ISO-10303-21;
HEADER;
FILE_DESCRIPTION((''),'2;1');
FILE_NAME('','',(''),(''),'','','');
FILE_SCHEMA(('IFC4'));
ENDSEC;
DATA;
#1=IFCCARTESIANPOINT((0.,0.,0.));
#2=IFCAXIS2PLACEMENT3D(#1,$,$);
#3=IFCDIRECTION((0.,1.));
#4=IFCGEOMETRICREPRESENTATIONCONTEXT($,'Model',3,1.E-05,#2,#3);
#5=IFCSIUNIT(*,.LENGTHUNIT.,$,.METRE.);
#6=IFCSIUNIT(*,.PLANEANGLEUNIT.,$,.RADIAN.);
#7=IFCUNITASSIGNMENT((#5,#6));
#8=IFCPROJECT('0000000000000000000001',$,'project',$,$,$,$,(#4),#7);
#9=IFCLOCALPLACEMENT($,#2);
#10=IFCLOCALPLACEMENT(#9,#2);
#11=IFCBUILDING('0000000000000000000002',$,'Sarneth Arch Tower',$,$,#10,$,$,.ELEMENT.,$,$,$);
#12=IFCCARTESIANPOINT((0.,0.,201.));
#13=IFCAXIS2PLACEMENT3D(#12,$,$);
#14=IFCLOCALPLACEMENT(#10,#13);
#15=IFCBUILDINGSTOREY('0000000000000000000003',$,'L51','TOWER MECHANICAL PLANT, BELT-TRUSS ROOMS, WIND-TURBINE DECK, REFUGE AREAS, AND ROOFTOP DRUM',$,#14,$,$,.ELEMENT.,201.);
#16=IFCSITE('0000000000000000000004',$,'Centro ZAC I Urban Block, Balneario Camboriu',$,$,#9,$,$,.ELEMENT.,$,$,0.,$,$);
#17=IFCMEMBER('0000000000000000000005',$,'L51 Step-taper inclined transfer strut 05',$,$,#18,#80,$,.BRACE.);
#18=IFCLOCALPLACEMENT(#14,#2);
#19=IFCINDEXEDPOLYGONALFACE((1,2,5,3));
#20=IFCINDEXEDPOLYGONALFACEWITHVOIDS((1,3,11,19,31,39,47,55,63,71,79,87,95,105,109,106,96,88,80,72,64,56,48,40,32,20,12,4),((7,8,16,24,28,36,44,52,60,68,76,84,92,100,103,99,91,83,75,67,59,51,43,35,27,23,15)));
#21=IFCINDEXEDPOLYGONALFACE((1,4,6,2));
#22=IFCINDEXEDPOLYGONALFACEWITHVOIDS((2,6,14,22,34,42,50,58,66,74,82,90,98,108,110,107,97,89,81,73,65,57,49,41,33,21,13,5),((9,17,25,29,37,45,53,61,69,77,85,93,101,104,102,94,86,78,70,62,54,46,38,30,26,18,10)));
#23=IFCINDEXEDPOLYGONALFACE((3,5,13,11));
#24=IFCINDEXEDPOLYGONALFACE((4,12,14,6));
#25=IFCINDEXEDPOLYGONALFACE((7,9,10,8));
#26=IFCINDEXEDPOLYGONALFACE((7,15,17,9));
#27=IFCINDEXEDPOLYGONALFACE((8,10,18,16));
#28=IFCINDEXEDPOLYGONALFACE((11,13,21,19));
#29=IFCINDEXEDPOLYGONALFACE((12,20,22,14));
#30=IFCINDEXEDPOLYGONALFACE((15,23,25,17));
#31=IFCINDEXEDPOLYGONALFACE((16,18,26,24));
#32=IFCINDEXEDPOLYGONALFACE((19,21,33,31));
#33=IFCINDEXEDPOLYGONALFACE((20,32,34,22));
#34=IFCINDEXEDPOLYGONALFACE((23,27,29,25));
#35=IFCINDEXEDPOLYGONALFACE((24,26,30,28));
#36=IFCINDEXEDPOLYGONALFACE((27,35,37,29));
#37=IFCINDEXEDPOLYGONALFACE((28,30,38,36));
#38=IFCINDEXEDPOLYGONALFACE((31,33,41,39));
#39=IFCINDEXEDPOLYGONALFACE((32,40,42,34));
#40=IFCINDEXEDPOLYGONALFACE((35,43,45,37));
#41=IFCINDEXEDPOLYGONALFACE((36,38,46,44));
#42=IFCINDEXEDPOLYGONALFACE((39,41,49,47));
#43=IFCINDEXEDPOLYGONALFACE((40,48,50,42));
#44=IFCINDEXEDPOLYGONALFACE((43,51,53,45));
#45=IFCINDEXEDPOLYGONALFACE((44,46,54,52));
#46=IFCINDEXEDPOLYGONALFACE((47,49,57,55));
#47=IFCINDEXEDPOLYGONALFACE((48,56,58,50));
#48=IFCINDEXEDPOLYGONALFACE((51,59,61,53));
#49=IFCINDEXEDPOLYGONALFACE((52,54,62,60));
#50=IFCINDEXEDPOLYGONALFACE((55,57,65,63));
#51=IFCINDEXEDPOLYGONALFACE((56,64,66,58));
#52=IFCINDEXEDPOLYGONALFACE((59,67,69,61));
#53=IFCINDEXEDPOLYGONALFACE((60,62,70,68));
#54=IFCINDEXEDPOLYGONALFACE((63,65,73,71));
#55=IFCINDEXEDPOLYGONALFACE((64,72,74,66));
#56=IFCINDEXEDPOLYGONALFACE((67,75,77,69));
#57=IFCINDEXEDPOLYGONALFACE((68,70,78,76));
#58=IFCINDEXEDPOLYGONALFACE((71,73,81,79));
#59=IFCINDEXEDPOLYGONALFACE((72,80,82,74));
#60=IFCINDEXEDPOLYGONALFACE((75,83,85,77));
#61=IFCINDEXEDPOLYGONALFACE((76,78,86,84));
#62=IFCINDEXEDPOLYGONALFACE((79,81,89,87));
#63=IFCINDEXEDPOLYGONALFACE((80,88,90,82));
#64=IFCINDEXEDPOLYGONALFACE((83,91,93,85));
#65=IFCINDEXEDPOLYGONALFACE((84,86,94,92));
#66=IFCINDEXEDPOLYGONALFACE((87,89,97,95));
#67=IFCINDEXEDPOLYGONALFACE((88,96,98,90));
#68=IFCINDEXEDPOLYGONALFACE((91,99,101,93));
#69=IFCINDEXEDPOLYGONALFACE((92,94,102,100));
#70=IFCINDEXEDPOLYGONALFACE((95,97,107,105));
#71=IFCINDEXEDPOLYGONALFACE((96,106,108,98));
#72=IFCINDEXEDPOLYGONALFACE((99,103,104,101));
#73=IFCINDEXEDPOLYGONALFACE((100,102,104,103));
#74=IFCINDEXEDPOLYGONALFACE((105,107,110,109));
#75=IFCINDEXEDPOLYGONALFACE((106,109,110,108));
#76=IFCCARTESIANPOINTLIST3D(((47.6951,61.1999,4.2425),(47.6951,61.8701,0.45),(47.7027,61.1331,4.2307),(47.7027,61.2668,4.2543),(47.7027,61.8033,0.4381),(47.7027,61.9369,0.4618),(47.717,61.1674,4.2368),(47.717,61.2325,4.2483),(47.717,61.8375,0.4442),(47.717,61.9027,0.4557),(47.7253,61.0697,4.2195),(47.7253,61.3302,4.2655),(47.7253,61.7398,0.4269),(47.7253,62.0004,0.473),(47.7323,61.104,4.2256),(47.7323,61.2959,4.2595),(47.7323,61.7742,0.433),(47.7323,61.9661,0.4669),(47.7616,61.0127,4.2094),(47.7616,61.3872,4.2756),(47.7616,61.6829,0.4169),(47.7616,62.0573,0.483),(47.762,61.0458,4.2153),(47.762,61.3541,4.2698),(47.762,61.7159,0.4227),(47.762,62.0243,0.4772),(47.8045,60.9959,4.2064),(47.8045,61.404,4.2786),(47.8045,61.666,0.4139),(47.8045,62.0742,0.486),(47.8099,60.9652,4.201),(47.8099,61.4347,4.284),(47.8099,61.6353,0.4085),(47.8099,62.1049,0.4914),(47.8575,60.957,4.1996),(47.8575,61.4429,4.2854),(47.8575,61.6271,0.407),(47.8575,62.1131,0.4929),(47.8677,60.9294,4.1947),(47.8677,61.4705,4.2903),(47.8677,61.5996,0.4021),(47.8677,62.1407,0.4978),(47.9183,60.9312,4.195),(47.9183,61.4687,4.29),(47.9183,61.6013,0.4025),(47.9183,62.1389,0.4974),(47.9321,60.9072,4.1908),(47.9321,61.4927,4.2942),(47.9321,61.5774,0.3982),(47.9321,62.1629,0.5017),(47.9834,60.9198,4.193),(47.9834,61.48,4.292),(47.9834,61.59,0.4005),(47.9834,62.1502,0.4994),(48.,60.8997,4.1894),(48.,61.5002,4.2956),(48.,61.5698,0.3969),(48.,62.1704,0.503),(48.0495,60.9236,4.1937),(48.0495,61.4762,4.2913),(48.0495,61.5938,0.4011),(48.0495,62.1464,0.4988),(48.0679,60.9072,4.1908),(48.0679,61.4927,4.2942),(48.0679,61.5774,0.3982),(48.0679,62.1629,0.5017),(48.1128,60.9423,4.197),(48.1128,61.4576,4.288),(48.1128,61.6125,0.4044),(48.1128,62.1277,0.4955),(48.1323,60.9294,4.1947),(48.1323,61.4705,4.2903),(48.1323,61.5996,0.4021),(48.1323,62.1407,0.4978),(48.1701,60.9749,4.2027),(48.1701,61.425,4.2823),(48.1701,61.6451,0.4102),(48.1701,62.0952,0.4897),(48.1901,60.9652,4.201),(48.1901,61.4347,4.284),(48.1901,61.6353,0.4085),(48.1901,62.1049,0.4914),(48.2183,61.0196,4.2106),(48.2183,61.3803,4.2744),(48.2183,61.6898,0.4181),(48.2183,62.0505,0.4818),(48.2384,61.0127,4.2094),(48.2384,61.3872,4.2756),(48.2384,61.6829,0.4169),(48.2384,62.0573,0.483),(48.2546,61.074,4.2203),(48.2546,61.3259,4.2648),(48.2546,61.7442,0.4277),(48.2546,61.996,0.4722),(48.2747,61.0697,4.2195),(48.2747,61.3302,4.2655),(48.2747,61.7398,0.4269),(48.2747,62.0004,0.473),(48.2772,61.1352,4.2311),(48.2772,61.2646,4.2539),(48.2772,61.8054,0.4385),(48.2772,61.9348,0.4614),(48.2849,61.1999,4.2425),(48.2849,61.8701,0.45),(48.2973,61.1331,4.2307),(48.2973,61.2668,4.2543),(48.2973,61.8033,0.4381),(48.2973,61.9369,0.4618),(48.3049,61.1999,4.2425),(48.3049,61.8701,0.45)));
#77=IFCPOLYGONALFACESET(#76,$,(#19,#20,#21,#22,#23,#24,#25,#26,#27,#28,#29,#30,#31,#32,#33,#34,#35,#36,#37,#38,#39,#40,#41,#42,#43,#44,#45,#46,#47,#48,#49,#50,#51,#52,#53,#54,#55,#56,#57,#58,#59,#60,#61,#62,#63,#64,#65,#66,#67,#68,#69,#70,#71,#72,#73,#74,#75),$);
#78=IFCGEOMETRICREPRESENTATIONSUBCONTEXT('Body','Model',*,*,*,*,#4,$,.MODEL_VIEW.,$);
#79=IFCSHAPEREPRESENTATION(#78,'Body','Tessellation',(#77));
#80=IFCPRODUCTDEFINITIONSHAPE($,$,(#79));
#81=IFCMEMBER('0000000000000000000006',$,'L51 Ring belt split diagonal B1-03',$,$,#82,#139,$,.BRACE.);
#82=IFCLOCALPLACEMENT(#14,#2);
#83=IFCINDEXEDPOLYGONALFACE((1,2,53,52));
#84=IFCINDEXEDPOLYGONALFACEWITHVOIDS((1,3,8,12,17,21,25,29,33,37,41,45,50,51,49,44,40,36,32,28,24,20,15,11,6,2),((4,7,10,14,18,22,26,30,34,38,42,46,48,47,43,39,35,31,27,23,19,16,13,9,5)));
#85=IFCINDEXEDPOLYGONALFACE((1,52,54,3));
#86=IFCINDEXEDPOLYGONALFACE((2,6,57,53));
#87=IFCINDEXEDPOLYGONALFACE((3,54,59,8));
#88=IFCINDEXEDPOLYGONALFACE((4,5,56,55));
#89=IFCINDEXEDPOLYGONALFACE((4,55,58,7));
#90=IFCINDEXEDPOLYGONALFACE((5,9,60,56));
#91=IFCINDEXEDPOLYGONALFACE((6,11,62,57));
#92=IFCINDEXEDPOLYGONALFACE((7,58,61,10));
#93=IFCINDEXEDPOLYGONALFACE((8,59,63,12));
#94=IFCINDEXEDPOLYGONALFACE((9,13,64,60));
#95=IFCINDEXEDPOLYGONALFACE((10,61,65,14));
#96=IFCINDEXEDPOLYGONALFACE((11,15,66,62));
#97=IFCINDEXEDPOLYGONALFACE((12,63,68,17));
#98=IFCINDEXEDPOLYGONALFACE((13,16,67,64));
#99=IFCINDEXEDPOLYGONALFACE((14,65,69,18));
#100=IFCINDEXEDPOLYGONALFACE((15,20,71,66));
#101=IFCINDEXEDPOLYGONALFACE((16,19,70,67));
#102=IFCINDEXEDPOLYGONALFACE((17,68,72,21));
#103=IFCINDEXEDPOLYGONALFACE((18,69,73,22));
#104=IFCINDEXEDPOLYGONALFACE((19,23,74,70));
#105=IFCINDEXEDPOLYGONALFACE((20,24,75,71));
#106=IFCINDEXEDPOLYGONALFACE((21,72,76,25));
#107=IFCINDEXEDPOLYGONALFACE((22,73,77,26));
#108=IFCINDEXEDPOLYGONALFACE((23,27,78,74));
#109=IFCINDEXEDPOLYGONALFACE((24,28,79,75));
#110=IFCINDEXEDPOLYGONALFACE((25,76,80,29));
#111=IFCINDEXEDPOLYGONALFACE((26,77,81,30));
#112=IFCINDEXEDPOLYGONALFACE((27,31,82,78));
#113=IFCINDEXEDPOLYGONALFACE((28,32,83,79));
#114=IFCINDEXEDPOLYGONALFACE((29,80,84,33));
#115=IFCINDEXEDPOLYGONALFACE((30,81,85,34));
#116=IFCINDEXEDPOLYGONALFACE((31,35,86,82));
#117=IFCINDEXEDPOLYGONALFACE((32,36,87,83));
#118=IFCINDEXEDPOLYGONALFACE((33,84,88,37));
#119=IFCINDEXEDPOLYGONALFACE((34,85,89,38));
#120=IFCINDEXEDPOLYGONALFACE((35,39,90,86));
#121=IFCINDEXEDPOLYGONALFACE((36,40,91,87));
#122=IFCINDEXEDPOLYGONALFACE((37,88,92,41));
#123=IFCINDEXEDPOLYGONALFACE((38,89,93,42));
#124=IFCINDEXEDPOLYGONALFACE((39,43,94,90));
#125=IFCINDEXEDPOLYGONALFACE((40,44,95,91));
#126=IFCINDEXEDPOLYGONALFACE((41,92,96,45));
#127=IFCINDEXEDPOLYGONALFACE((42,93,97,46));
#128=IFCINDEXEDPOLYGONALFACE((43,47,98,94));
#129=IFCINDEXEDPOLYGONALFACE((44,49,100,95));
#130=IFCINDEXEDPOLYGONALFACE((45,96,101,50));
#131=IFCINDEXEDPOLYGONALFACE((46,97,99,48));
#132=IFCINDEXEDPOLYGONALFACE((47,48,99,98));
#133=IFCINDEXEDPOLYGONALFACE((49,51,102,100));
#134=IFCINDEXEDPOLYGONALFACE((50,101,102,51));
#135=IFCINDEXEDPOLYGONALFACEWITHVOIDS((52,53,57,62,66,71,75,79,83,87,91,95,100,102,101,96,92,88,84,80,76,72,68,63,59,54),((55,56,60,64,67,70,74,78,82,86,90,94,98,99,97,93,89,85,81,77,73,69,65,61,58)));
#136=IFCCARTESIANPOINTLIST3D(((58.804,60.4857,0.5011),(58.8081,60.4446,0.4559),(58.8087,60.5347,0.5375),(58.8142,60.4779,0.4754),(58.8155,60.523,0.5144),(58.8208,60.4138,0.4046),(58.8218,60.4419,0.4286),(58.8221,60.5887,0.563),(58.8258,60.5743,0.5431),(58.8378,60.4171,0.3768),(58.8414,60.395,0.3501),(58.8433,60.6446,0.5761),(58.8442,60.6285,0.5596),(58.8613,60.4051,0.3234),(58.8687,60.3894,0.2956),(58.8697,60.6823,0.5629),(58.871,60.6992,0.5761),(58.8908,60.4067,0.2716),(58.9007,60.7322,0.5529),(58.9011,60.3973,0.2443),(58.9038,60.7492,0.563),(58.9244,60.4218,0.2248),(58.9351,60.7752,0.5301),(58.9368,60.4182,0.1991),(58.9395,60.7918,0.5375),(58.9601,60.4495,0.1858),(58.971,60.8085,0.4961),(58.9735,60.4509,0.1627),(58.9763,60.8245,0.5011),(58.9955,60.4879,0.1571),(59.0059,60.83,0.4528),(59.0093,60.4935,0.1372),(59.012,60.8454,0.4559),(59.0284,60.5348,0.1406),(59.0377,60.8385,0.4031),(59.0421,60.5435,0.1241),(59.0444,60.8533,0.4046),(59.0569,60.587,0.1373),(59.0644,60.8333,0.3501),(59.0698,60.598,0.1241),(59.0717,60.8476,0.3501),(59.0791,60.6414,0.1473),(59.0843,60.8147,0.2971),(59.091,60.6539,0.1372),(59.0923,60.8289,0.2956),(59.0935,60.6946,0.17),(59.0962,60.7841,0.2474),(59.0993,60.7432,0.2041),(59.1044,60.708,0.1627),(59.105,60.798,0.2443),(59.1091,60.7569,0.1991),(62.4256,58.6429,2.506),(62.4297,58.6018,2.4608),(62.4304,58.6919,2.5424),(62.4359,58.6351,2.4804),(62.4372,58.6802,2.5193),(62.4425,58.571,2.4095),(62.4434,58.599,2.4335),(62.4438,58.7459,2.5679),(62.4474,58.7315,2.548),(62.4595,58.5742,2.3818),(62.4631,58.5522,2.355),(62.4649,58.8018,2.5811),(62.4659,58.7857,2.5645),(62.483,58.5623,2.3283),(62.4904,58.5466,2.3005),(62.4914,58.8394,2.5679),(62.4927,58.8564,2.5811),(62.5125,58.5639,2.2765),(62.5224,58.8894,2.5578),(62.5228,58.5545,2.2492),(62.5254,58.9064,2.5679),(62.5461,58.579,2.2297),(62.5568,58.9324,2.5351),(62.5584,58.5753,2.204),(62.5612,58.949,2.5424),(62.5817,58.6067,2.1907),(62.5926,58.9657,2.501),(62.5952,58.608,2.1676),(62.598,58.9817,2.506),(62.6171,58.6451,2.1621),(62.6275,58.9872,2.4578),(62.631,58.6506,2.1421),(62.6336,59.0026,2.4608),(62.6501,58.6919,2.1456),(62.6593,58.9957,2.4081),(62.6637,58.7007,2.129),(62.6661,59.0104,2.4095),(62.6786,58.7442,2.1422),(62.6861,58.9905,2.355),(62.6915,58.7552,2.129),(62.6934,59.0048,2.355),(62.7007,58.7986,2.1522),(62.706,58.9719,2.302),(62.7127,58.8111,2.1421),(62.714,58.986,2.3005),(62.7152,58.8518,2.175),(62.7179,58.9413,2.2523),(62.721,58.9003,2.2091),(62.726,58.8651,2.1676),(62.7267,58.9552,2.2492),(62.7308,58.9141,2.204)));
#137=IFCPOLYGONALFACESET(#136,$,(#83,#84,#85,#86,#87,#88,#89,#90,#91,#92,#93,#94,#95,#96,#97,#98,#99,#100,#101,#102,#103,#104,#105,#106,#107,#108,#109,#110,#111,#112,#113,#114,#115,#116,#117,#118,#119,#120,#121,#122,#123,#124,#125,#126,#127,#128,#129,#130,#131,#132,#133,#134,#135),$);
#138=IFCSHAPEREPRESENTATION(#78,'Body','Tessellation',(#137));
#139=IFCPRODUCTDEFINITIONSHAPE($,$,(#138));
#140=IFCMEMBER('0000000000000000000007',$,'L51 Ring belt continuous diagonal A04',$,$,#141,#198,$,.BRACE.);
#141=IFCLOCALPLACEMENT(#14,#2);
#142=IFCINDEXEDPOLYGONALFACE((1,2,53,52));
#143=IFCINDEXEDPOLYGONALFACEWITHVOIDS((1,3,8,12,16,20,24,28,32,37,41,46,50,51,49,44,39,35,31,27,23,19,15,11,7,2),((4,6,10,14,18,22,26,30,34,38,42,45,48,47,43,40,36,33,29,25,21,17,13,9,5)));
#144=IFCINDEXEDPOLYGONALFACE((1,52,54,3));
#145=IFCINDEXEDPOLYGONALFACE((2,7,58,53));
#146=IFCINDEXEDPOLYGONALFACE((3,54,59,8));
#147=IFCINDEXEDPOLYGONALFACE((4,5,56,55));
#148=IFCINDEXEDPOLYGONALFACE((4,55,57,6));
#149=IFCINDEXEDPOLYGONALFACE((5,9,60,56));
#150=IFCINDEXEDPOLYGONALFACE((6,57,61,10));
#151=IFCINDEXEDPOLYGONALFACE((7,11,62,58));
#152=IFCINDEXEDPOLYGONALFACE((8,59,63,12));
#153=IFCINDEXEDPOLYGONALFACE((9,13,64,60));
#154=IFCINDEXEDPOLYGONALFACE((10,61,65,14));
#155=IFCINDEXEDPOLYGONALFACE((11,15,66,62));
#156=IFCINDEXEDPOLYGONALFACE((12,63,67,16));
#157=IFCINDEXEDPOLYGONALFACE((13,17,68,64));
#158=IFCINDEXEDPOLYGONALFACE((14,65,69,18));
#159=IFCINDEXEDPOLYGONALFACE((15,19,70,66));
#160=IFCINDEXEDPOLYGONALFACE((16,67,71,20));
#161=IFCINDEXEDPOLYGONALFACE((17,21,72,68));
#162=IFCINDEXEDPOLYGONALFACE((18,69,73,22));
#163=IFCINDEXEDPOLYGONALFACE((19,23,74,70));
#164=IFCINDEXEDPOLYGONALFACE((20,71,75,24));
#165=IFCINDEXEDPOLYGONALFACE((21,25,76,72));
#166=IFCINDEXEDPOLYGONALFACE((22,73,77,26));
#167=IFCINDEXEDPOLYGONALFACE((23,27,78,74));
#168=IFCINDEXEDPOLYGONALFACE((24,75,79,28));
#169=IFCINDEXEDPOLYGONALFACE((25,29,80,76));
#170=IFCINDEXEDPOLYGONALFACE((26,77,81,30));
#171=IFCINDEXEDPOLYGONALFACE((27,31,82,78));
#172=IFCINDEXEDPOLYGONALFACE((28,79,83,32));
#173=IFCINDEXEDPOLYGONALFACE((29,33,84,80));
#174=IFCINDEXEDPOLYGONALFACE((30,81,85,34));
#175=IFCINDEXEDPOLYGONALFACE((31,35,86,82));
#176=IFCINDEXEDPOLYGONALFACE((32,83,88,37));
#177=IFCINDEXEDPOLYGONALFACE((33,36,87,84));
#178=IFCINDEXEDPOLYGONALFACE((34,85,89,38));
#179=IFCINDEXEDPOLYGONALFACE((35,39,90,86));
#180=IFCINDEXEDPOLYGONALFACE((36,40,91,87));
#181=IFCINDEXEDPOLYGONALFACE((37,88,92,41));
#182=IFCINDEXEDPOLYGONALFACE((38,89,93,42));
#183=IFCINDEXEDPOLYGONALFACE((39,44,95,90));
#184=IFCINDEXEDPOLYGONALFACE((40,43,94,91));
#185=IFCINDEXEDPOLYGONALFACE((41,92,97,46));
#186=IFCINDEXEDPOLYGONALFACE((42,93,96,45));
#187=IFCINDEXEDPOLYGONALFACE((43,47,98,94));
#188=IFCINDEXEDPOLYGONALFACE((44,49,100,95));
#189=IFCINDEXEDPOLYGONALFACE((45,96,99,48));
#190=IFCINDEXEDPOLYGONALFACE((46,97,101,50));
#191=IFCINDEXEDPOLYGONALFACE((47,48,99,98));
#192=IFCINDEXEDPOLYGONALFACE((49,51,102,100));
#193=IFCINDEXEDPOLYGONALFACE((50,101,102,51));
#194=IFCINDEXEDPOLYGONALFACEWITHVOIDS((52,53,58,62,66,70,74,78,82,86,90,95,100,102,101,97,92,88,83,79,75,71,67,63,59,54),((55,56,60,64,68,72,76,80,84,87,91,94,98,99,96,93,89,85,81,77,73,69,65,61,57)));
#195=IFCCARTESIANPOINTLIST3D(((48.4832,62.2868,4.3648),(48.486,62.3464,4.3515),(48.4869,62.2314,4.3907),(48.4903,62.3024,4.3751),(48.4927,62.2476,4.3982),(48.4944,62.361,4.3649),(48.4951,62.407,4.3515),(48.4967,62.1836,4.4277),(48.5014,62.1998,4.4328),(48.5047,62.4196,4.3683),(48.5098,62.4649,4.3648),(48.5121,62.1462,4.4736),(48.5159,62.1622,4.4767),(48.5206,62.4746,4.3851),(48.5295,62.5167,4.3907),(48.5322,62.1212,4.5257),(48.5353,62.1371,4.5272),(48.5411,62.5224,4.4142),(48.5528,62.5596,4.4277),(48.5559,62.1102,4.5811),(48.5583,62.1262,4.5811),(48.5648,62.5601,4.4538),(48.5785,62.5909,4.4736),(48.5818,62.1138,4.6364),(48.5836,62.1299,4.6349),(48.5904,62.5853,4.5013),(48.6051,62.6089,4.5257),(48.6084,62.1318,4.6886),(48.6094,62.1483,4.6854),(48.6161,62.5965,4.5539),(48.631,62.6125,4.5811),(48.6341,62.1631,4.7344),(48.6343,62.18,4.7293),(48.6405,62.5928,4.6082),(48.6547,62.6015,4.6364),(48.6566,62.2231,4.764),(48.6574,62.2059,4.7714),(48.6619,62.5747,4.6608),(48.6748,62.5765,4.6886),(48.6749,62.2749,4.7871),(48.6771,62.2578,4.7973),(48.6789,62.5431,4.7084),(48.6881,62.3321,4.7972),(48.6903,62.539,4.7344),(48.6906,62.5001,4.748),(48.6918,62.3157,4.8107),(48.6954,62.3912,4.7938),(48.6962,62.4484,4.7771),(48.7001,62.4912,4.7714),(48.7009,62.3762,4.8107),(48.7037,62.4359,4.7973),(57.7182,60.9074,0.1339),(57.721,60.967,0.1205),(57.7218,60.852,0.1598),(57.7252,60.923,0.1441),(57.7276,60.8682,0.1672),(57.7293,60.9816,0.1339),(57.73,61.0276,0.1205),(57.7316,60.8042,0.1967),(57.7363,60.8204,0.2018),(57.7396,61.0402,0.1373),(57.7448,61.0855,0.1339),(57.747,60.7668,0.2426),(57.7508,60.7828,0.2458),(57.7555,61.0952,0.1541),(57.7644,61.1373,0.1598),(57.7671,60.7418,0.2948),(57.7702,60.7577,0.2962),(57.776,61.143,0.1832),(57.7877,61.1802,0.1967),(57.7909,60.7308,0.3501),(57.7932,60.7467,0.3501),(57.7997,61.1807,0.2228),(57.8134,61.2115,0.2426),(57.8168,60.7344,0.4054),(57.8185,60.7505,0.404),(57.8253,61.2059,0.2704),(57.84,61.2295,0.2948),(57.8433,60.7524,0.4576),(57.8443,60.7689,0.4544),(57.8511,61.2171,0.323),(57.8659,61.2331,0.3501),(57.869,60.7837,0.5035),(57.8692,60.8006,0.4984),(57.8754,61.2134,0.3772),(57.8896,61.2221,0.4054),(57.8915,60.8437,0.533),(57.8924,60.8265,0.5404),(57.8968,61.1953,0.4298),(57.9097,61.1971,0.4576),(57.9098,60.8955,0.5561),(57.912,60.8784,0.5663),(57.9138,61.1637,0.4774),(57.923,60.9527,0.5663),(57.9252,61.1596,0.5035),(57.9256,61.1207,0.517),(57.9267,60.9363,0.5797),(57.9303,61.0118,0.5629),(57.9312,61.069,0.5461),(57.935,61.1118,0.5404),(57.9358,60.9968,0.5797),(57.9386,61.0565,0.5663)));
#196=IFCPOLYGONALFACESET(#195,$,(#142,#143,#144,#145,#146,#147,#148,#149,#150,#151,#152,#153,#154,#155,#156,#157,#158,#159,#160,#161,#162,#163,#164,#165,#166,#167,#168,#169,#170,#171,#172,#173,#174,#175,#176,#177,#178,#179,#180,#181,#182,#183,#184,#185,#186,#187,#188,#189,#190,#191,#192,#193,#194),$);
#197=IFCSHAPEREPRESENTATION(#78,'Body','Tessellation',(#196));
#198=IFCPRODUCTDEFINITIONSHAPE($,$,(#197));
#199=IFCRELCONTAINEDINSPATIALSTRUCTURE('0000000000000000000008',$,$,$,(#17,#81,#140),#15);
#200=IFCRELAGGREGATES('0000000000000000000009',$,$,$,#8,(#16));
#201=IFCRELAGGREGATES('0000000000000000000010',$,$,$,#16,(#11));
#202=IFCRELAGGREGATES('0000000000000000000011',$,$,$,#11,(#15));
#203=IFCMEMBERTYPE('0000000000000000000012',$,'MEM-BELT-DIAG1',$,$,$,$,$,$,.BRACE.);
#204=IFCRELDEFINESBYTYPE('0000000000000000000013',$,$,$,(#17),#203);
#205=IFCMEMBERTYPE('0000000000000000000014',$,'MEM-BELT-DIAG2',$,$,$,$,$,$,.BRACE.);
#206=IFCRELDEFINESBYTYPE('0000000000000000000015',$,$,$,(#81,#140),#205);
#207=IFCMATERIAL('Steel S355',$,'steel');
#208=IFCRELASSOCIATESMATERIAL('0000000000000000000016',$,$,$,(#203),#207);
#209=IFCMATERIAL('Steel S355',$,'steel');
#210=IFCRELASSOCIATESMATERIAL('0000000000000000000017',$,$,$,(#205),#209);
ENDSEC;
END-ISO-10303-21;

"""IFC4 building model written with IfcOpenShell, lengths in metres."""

from ifc_helpers import new_model, si_unit, direction, frame, origin, origin_2d, place, context, subcontext, project, spatial, hollow_circle, extrude, material, material_profile, profile_set, type_object, element, save


model = new_model("IFC4")

# Units and contexts
model_context = context("Model", 3, precision=1e-05, world=origin(), true_north=direction((0.0, 1.0)))
body_context = subcontext(model_context, "Body", "Model", "MODEL_VIEW")
ifc_project = project(units=[si_unit("LENGTHUNIT", "METRE"), si_unit("PLANEANGLEUNIT", "RADIAN")], contexts=[model_context])

# Site, building, storey
site_placement = place(None, origin())
site = spatial("IfcSite", under=ifc_project, at=site_placement, Name="Centro ZAC I Urban Block, Balneario Camboriu", CompositionType="ELEMENT", RefElevation=0.0)
building_placement = place(site_placement, origin())
building = spatial("IfcBuilding", under=site, at=building_placement, Name="Sarneth Arch Tower", CompositionType="ELEMENT")
storey_placement = place(building_placement, frame((0.0, 0.0, 201.0)))
storey = spatial("IfcBuildingStorey", under=building, at=storey_placement, Name="L51", Description="TOWER MECHANICAL PLANT, BELT-TRUSS ROOMS, WIND-TURBINE DECK, REFUGE AREAS, AND ROOFTOP DRUM", CompositionType="ELEMENT", Elevation=201.0)

# Members
ifc_material_1 = material(Name="Steel S355", Category="steel")
ifc_material_profile_1 = material_profile(ifc_material_1, hollow_circle(Radius=0.3049, WallThickness=0.02, at=origin_2d()), Name="CHS610x20")
ifc_profile_set_1 = profile_set([ifc_material_profile_1], Name="Steel S355")
member_type_1 = type_object("IfcMemberType", Name="MEM-BELT-DIAG1", PredefinedType="BRACE", material=ifc_profile_set_1)
member_1_placement = place(storey_placement, frame((48.0, 61.8701, 0.45), z_axis=(0.0, -0.174013, 0.984743), x_axis=(1.0, 0.0, 0.0)))
element("IfcMember", 1, at=member_1_placement, inside=storey, type_object=member_type_1, Name="L51 Step-taper inclined transfer strut 05", PredefinedType="BRACE", context=body_context, shape_type="SweptSolid", body=[
    extrude(hollow_circle(Radius=0.3049, WallThickness=0.02, at=origin_2d()), origin(), (0.0, 0.0, 1.0), 3.8513),
])
ifc_material_2 = material(Name="Steel S355", Category="steel")
ifc_material_profile_2 = material_profile(ifc_material_2, hollow_circle(Radius=0.2539, WallThickness=0.0161, at=origin_2d()), Name="CHS508x16")
ifc_profile_set_2 = profile_set([ifc_material_profile_2], Name="Steel S355")
member_type_2 = type_object("IfcMemberType", Name="MEM-BELT-DIAG2", PredefinedType="BRACE", material=ifc_profile_set_2)
member_2_placement = place(storey_placement, frame((58.9565, 60.6213, 0.3501), z_axis=(0.799265, -0.406691, 0.442468), x_axis=(0.453499, 0.891257, 0.0)))
element("IfcMember", 2, at=member_2_placement, inside=storey, type_object=member_type_2, Name="L51 Ring belt split diagonal B1-03", PredefinedType="BRACE", context=body_context, shape_type="SweptSolid", body=[
    extrude(hollow_circle(Radius=0.2539, WallThickness=0.0161, at=origin_2d()), origin(), (0.0, 0.0, 1.0), 4.5312),
])
member_3_placement = place(storey_placement, frame((57.8284, 60.9819, 0.3501), z_axis=(-0.90086, 0.13456, 0.412729), x_axis=(-0.147729, -0.989028, 0.0)))
element("IfcMember", 3, at=member_3_placement, inside=storey, type_object=member_type_2, Name="L51 Ring belt continuous diagonal A04", PredefinedType="BRACE", context=body_context, shape_type="SweptSolid", body=[
    extrude(hollow_circle(Radius=0.2539, WallThickness=0.0161, at=origin_2d()), origin(), (0.0, 0.0, 1.0), 10.2512),
])

save(model, "model.ifc")
